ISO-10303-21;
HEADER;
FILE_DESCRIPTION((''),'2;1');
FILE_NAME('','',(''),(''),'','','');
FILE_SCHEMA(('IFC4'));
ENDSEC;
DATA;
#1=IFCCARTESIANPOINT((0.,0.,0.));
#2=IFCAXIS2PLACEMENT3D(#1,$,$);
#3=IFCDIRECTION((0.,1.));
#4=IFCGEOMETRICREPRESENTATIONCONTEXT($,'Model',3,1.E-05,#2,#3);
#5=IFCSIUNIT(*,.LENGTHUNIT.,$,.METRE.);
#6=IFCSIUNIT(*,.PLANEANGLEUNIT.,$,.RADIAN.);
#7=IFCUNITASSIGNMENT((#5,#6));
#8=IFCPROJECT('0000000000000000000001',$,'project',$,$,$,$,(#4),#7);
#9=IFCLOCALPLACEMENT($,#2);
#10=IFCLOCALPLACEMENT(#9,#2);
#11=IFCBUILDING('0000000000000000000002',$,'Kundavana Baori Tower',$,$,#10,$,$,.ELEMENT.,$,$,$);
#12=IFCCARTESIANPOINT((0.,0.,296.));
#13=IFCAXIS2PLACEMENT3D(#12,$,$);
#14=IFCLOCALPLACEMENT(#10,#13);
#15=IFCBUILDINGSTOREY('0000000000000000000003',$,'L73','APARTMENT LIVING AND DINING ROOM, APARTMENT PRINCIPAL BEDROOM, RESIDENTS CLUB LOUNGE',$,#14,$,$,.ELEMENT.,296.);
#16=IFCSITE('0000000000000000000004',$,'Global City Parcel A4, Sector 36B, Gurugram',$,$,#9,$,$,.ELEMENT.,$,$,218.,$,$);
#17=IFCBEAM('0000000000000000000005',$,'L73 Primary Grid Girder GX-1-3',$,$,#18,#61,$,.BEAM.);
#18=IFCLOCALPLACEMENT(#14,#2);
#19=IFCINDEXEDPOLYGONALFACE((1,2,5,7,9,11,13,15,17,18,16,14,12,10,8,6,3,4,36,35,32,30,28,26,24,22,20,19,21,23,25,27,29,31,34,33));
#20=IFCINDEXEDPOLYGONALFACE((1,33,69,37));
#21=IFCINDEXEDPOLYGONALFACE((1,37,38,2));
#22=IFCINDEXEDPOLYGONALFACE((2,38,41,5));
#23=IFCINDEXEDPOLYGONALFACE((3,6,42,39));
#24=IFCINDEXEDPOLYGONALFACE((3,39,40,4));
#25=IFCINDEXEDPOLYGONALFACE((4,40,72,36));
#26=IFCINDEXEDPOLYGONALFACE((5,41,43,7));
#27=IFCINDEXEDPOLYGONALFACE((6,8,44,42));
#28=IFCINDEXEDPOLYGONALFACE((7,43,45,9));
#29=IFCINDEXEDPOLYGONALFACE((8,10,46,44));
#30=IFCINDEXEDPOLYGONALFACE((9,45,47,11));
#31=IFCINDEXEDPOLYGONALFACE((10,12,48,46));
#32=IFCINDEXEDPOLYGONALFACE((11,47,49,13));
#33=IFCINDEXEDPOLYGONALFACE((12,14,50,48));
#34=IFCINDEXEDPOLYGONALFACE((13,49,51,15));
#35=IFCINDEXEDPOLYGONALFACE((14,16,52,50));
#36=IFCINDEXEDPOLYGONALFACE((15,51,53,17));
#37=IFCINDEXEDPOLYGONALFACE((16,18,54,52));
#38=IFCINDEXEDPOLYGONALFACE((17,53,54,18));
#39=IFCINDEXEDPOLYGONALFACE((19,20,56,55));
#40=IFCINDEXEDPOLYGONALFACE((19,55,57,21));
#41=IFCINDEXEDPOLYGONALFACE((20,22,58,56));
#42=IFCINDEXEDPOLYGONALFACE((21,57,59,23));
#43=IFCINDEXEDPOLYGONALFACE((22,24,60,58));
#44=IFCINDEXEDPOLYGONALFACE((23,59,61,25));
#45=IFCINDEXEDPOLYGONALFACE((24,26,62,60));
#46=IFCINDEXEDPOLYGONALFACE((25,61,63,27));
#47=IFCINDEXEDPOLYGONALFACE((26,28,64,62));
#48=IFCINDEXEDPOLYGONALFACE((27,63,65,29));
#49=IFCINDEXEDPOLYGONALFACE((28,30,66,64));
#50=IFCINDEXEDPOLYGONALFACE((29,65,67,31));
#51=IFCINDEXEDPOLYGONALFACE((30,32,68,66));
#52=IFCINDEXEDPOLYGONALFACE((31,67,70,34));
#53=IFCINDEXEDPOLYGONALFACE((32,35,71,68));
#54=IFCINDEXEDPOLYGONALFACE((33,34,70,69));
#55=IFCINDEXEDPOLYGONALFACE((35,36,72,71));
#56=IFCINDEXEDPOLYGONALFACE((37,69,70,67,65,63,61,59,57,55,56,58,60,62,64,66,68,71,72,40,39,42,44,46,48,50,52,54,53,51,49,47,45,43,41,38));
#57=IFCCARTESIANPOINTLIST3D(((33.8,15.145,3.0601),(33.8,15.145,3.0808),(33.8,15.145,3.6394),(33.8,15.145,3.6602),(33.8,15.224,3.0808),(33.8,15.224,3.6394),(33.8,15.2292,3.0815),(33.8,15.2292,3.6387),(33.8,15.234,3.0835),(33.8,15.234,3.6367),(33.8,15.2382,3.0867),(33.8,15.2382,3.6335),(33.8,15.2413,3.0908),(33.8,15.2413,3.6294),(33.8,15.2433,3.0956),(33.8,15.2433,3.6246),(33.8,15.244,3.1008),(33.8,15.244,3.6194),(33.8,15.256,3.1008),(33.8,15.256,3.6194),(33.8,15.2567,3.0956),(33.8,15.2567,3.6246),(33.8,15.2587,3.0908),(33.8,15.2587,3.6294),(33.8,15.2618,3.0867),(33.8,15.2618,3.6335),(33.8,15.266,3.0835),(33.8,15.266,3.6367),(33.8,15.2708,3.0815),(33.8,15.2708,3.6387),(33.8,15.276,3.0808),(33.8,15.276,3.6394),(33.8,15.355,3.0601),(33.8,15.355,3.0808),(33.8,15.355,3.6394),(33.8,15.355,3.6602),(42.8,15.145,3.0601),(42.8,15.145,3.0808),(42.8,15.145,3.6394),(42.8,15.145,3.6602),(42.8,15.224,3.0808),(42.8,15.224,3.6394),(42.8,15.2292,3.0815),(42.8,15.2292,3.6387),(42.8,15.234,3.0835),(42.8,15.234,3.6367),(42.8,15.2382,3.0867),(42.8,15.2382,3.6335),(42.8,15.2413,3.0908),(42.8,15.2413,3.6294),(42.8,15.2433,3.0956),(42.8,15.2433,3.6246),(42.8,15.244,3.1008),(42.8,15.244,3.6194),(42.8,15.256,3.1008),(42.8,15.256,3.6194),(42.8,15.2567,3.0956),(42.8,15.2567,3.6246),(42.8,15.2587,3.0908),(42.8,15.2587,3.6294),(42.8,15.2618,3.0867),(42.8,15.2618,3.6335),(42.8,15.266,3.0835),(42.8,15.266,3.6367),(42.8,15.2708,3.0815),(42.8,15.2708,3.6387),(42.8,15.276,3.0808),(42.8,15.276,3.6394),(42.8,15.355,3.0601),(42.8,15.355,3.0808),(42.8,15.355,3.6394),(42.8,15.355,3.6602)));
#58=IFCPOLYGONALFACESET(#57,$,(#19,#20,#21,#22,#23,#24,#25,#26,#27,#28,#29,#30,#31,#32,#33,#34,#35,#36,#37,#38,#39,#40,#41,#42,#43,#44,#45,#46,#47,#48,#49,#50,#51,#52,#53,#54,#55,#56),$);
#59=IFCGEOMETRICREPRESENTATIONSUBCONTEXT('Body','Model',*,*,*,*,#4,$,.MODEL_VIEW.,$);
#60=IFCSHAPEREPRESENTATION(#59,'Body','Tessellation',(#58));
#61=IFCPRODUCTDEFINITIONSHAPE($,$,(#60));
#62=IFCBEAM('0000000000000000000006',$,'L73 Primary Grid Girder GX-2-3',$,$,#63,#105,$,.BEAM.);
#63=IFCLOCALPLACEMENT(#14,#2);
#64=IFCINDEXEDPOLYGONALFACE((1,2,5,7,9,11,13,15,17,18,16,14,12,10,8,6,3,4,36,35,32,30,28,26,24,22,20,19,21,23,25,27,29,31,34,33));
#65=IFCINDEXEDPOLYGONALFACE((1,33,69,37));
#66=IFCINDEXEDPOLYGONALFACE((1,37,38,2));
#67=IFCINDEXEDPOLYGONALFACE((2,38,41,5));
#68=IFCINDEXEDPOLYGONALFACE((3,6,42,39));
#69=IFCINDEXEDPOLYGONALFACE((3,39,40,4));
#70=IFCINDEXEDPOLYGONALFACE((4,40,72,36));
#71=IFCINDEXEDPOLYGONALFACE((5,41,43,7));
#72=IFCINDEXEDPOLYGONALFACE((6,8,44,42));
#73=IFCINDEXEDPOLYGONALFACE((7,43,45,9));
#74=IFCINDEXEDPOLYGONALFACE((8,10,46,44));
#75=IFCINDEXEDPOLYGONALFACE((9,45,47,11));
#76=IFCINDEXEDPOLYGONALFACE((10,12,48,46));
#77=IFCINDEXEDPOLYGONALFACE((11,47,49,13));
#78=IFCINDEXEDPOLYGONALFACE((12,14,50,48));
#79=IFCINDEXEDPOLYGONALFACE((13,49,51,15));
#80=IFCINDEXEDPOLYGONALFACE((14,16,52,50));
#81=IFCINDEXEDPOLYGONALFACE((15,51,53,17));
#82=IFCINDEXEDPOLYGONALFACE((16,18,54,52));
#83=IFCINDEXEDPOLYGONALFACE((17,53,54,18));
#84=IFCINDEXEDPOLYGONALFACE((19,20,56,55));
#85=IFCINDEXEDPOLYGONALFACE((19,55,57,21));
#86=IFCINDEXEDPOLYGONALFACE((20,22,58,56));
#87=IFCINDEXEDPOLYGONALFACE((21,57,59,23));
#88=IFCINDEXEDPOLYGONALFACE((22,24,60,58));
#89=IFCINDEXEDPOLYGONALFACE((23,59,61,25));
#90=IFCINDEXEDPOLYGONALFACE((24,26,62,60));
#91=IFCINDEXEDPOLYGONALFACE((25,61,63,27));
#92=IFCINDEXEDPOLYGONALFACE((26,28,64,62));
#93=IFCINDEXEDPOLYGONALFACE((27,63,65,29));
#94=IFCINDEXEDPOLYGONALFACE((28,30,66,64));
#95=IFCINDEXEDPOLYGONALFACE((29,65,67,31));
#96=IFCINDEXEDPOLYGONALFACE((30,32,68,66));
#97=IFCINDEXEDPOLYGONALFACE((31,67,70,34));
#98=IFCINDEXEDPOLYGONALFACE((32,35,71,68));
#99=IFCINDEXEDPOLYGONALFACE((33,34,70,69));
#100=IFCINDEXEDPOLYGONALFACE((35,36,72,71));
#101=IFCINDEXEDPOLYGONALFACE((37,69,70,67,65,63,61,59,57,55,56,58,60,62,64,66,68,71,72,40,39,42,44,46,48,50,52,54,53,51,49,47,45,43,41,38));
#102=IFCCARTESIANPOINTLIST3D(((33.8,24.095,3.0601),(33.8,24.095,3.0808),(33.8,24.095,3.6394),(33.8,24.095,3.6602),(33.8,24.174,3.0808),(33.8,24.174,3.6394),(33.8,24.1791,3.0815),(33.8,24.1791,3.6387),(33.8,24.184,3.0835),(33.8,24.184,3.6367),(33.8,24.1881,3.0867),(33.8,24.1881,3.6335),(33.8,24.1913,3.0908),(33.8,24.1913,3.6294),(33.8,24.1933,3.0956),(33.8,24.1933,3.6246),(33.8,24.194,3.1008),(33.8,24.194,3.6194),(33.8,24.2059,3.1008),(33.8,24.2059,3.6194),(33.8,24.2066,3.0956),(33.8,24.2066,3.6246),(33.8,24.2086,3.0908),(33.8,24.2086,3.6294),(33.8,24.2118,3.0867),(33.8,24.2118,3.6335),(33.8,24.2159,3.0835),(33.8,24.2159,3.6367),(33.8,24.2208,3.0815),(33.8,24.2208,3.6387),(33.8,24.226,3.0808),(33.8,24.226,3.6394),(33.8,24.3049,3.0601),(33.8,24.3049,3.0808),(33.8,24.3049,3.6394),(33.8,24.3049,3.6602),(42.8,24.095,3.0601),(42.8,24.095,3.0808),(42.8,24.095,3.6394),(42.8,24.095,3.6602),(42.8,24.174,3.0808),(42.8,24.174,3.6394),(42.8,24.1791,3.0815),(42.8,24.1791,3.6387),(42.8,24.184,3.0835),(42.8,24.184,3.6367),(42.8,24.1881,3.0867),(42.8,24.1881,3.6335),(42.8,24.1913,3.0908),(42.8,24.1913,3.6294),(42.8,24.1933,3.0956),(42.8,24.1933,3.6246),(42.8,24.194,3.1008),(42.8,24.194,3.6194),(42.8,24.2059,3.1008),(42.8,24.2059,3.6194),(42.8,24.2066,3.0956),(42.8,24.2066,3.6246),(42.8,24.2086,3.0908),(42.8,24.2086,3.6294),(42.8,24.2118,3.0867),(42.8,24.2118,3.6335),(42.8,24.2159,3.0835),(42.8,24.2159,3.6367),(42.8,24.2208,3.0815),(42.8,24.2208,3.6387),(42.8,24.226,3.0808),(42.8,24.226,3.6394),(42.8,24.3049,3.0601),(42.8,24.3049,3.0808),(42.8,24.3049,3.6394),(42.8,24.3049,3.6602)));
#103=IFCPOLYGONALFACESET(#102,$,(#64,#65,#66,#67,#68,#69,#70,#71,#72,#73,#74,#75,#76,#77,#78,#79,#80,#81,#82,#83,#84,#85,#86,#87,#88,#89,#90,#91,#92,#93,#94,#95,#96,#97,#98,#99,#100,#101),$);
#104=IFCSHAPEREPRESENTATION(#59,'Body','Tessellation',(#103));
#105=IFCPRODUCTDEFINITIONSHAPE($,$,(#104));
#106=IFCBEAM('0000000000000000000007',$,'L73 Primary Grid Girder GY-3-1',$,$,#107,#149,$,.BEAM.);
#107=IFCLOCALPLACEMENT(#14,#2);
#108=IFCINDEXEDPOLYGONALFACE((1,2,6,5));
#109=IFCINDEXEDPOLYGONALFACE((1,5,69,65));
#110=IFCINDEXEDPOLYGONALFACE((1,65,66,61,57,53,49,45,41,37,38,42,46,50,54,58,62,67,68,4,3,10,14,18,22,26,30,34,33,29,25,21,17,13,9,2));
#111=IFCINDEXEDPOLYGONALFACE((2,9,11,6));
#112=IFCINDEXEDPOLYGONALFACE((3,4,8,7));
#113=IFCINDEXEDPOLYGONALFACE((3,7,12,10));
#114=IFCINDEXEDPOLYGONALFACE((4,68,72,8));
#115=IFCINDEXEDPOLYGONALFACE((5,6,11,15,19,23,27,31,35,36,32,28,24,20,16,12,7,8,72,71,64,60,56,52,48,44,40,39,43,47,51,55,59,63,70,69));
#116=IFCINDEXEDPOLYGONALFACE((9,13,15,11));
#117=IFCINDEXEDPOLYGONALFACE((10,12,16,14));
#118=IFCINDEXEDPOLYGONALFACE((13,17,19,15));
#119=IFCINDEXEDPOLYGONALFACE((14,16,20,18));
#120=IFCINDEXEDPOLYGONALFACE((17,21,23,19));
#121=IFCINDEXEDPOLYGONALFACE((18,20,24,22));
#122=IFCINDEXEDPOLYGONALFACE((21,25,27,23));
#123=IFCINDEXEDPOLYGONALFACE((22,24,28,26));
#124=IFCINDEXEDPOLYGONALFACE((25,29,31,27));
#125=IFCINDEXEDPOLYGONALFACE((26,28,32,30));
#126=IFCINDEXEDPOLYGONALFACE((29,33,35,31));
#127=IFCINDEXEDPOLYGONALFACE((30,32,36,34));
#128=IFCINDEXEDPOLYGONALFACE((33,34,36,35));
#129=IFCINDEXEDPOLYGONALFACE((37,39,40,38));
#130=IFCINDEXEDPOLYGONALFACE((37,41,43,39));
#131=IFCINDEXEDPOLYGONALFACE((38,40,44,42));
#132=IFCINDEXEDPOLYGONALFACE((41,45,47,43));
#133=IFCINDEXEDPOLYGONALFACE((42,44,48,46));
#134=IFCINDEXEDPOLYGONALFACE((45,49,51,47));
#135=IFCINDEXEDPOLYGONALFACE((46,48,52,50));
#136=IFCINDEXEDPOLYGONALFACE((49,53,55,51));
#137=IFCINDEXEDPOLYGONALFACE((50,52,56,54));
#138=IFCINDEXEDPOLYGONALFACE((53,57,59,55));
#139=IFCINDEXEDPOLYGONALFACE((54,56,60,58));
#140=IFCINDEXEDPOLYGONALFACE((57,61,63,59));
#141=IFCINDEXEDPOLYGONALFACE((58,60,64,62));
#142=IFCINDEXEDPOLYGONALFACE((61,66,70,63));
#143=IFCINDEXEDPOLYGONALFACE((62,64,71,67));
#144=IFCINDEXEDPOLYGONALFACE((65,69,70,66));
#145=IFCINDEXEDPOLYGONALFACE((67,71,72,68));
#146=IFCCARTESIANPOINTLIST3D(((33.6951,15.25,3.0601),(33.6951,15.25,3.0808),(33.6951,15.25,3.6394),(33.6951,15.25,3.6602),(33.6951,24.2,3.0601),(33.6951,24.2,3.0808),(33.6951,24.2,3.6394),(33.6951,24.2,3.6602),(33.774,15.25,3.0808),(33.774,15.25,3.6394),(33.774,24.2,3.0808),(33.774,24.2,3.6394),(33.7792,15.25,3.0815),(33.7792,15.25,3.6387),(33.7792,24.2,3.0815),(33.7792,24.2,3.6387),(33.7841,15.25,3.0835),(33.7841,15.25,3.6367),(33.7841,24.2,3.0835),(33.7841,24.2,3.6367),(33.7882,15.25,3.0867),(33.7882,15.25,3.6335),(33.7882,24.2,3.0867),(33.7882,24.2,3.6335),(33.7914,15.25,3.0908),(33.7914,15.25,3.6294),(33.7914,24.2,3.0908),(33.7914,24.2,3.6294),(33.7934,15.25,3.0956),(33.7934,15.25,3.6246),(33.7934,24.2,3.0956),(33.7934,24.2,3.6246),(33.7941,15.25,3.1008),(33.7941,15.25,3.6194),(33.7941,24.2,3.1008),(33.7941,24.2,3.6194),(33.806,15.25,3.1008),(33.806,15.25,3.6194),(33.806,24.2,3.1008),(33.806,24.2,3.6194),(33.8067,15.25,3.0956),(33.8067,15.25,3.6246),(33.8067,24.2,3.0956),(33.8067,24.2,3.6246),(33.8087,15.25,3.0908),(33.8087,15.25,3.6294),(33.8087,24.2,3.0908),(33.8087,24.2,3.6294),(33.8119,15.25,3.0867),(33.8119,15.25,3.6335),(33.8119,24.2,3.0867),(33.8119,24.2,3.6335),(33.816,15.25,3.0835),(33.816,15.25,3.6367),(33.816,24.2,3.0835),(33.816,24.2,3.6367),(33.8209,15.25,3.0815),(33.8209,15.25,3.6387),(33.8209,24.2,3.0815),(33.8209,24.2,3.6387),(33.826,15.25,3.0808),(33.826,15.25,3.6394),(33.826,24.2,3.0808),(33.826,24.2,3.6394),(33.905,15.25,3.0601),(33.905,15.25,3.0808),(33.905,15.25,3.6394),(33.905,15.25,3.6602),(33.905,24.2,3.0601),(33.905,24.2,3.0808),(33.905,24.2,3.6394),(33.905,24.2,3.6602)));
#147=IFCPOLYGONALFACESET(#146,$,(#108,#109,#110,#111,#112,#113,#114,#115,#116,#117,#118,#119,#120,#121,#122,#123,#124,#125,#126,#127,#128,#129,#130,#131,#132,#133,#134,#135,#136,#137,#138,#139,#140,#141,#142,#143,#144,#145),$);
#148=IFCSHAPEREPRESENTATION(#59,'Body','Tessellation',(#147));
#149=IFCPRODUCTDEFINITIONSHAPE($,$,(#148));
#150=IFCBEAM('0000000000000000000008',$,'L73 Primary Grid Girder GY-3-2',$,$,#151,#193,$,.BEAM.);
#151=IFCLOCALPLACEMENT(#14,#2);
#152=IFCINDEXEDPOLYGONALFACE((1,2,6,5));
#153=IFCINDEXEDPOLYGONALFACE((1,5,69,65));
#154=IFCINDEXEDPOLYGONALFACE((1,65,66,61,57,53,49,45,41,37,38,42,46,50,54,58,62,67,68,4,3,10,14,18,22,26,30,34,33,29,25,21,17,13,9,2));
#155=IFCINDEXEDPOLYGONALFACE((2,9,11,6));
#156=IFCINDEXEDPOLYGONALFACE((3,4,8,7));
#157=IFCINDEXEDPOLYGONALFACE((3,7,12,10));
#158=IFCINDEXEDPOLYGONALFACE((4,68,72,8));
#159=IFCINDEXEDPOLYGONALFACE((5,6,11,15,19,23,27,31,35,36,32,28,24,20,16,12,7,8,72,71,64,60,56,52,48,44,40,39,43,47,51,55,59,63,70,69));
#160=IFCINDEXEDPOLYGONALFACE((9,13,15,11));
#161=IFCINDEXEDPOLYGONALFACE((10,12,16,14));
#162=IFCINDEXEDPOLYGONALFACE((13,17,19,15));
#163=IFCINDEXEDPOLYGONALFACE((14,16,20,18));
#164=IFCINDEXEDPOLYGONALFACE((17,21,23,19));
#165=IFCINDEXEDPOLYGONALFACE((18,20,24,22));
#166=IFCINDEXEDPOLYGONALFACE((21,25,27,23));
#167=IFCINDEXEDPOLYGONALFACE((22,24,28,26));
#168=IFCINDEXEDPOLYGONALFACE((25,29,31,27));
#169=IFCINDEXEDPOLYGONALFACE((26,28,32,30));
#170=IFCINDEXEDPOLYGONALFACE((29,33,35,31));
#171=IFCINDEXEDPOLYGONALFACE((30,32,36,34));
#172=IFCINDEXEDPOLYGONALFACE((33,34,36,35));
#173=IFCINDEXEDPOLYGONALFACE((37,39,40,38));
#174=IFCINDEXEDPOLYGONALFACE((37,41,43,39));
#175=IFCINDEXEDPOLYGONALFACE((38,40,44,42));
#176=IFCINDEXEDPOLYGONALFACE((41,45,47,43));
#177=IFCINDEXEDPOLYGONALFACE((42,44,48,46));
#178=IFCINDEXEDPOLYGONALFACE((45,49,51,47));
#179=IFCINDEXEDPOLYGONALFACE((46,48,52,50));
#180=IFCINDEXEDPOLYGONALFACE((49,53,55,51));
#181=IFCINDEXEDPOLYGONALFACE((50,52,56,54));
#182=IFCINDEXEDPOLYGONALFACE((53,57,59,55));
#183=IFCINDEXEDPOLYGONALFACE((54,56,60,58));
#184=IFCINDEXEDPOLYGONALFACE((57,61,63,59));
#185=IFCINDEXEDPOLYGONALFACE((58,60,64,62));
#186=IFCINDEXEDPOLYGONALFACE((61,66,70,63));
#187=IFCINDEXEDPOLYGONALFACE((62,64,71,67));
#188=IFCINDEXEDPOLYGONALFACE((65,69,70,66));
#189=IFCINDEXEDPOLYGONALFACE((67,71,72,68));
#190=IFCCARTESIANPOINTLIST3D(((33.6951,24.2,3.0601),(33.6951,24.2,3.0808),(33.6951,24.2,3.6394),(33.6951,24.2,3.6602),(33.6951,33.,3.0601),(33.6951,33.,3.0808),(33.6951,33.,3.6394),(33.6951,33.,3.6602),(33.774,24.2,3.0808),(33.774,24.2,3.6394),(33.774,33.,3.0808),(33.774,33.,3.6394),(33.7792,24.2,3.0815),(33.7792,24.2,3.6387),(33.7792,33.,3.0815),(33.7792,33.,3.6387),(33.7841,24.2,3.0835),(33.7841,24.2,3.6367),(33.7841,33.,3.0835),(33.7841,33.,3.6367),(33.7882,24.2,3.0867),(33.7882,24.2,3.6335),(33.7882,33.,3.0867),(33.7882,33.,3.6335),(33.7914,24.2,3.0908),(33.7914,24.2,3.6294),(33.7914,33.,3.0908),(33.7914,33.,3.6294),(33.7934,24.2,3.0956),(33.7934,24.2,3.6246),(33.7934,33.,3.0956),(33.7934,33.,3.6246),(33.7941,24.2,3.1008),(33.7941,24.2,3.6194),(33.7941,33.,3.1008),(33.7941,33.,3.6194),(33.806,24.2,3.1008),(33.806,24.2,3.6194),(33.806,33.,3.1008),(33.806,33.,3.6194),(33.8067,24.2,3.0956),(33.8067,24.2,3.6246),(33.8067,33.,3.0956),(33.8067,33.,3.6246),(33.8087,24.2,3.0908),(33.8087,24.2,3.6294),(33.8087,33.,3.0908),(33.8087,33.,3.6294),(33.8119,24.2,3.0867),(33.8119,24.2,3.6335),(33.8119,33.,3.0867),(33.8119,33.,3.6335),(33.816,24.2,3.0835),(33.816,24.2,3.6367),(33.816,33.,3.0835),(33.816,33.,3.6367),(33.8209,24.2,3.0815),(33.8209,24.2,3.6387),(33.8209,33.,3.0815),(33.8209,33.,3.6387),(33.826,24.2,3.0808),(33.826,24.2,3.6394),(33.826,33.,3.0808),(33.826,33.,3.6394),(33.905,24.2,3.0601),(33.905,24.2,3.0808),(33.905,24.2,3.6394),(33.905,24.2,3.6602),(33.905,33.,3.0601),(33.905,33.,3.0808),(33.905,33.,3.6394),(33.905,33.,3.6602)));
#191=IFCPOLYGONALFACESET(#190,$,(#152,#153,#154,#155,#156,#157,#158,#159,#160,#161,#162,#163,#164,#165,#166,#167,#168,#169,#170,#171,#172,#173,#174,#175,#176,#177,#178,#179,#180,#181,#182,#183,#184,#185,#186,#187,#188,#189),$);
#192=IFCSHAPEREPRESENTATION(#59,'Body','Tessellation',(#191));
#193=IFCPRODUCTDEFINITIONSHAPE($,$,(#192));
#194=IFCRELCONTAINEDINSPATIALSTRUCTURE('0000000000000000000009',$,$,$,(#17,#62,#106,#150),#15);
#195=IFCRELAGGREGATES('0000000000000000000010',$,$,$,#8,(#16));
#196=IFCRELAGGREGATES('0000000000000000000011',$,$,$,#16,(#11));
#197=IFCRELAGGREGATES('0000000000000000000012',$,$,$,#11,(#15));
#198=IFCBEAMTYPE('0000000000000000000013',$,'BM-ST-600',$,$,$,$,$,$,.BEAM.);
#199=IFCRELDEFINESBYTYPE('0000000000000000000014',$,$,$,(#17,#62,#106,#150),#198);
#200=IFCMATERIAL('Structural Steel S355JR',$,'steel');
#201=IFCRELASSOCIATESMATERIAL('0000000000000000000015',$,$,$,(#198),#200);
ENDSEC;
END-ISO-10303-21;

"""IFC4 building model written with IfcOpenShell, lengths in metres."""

from ifc_helpers import new_model, si_unit, direction, frame, origin, origin_2d, place, context, subcontext, project, spatial, i_section, extrude, material, material_profile, profile_set, type_object, element, save


model = new_model("IFC4")

# Units and contexts
model_context = context("Model", 3, precision=1e-05, world=origin(), true_north=direction((0.0, 1.0)))
body_context = subcontext(model_context, "Body", "Model", "MODEL_VIEW")
ifc_project = project(units=[si_unit("LENGTHUNIT", "METRE"), si_unit("PLANEANGLEUNIT", "RADIAN")], contexts=[model_context])

# Site, building, storey
site_placement = place(None, origin())
site = spatial("IfcSite", under=ifc_project, at=site_placement, Name="Global City Parcel A4, Sector 36B, Gurugram", CompositionType="ELEMENT", RefElevation=218.0)
building_placement = place(site_placement, origin())
building = spatial("IfcBuilding", under=site, at=building_placement, Name="Kundavana Baori Tower", CompositionType="ELEMENT")
storey_placement = place(building_placement, frame((0.0, 0.0, 296.0)))
storey = spatial("IfcBuildingStorey", under=building, at=storey_placement, Name="L73", Description="APARTMENT LIVING AND DINING ROOM, APARTMENT PRINCIPAL BEDROOM, RESIDENTS CLUB LOUNGE", CompositionType="ELEMENT", Elevation=296.0)

# Beams
ifc_material_1 = material(Name="Structural Steel S355JR", Category="steel")
ifc_material_profile_1 = material_profile(ifc_material_1, i_section(OverallWidth=0.21, OverallDepth=0.6001, WebThickness=0.012, FlangeThickness=0.0208, FilletRadius=0.02, at=origin_2d()), Name="ISMB 600")
ifc_profile_set_1 = profile_set([ifc_material_profile_1], Name="Structural Steel S355JR")
beam_type_1 = type_object("IfcBeamType", Name="BM-ST-600", PredefinedType="BEAM", material=ifc_profile_set_1)
for number, where, z_axis, x_axis, name in (
    (1, (33.8, 15.25, 3.3601), (1.0, 0.0, 0.0), (0.0, 1.0, 0.0), "L73 Primary Grid Girder GX-1-3"),
    (2, (33.8, 24.2, 3.3601), (1.0, 0.0, 0.0), (0.0, 1.0, 0.0), "L73 Primary Grid Girder GX-2-3"),
):
    element("IfcBeam", number, at=place(storey_placement, frame(where, z_axis=z_axis, x_axis=x_axis)), inside=storey, type_object=beam_type_1, Name=name, PredefinedType="BEAM", context=body_context, shape_type="SweptSolid", body=[
        extrude(i_section(OverallWidth=0.21, OverallDepth=0.6001, WebThickness=0.012, FlangeThickness=0.0208, FilletRadius=0.02, at=origin_2d()), origin(), (0.0, 0.0, 1.0), 9.0),
    ])
beam_1_placement = place(storey_placement, frame((33.8, 15.25, 3.3601), z_axis=(0.0, 1.0, 0.0), x_axis=(-1.0, 0.0, 0.0)))
element("IfcBeam", 3, at=beam_1_placement, inside=storey, type_object=beam_type_1, Name="L73 Primary Grid Girder GY-3-1", PredefinedType="BEAM", context=body_context, shape_type="SweptSolid", body=[
    extrude(i_section(OverallWidth=0.21, OverallDepth=0.6001, WebThickness=0.012, FlangeThickness=0.0208, FilletRadius=0.02, at=origin_2d()), origin(), (0.0, 0.0, 1.0), 8.95),
])
beam_2_placement = place(storey_placement, frame((33.8, 24.2, 3.3601), z_axis=(0.0, 1.0, 0.0), x_axis=(-1.0, 0.0, 0.0)))
element("IfcBeam", 4, at=beam_2_placement, inside=storey, type_object=beam_type_1, Name="L73 Primary Grid Girder GY-3-2", PredefinedType="BEAM", context=body_context, shape_type="SweptSolid", body=[
    extrude(i_section(OverallWidth=0.21, OverallDepth=0.6001, WebThickness=0.012, FlangeThickness=0.0208, FilletRadius=0.02, at=origin_2d()), origin(), (0.0, 0.0, 1.0), 8.8),
])

save(model, "model.ifc")
